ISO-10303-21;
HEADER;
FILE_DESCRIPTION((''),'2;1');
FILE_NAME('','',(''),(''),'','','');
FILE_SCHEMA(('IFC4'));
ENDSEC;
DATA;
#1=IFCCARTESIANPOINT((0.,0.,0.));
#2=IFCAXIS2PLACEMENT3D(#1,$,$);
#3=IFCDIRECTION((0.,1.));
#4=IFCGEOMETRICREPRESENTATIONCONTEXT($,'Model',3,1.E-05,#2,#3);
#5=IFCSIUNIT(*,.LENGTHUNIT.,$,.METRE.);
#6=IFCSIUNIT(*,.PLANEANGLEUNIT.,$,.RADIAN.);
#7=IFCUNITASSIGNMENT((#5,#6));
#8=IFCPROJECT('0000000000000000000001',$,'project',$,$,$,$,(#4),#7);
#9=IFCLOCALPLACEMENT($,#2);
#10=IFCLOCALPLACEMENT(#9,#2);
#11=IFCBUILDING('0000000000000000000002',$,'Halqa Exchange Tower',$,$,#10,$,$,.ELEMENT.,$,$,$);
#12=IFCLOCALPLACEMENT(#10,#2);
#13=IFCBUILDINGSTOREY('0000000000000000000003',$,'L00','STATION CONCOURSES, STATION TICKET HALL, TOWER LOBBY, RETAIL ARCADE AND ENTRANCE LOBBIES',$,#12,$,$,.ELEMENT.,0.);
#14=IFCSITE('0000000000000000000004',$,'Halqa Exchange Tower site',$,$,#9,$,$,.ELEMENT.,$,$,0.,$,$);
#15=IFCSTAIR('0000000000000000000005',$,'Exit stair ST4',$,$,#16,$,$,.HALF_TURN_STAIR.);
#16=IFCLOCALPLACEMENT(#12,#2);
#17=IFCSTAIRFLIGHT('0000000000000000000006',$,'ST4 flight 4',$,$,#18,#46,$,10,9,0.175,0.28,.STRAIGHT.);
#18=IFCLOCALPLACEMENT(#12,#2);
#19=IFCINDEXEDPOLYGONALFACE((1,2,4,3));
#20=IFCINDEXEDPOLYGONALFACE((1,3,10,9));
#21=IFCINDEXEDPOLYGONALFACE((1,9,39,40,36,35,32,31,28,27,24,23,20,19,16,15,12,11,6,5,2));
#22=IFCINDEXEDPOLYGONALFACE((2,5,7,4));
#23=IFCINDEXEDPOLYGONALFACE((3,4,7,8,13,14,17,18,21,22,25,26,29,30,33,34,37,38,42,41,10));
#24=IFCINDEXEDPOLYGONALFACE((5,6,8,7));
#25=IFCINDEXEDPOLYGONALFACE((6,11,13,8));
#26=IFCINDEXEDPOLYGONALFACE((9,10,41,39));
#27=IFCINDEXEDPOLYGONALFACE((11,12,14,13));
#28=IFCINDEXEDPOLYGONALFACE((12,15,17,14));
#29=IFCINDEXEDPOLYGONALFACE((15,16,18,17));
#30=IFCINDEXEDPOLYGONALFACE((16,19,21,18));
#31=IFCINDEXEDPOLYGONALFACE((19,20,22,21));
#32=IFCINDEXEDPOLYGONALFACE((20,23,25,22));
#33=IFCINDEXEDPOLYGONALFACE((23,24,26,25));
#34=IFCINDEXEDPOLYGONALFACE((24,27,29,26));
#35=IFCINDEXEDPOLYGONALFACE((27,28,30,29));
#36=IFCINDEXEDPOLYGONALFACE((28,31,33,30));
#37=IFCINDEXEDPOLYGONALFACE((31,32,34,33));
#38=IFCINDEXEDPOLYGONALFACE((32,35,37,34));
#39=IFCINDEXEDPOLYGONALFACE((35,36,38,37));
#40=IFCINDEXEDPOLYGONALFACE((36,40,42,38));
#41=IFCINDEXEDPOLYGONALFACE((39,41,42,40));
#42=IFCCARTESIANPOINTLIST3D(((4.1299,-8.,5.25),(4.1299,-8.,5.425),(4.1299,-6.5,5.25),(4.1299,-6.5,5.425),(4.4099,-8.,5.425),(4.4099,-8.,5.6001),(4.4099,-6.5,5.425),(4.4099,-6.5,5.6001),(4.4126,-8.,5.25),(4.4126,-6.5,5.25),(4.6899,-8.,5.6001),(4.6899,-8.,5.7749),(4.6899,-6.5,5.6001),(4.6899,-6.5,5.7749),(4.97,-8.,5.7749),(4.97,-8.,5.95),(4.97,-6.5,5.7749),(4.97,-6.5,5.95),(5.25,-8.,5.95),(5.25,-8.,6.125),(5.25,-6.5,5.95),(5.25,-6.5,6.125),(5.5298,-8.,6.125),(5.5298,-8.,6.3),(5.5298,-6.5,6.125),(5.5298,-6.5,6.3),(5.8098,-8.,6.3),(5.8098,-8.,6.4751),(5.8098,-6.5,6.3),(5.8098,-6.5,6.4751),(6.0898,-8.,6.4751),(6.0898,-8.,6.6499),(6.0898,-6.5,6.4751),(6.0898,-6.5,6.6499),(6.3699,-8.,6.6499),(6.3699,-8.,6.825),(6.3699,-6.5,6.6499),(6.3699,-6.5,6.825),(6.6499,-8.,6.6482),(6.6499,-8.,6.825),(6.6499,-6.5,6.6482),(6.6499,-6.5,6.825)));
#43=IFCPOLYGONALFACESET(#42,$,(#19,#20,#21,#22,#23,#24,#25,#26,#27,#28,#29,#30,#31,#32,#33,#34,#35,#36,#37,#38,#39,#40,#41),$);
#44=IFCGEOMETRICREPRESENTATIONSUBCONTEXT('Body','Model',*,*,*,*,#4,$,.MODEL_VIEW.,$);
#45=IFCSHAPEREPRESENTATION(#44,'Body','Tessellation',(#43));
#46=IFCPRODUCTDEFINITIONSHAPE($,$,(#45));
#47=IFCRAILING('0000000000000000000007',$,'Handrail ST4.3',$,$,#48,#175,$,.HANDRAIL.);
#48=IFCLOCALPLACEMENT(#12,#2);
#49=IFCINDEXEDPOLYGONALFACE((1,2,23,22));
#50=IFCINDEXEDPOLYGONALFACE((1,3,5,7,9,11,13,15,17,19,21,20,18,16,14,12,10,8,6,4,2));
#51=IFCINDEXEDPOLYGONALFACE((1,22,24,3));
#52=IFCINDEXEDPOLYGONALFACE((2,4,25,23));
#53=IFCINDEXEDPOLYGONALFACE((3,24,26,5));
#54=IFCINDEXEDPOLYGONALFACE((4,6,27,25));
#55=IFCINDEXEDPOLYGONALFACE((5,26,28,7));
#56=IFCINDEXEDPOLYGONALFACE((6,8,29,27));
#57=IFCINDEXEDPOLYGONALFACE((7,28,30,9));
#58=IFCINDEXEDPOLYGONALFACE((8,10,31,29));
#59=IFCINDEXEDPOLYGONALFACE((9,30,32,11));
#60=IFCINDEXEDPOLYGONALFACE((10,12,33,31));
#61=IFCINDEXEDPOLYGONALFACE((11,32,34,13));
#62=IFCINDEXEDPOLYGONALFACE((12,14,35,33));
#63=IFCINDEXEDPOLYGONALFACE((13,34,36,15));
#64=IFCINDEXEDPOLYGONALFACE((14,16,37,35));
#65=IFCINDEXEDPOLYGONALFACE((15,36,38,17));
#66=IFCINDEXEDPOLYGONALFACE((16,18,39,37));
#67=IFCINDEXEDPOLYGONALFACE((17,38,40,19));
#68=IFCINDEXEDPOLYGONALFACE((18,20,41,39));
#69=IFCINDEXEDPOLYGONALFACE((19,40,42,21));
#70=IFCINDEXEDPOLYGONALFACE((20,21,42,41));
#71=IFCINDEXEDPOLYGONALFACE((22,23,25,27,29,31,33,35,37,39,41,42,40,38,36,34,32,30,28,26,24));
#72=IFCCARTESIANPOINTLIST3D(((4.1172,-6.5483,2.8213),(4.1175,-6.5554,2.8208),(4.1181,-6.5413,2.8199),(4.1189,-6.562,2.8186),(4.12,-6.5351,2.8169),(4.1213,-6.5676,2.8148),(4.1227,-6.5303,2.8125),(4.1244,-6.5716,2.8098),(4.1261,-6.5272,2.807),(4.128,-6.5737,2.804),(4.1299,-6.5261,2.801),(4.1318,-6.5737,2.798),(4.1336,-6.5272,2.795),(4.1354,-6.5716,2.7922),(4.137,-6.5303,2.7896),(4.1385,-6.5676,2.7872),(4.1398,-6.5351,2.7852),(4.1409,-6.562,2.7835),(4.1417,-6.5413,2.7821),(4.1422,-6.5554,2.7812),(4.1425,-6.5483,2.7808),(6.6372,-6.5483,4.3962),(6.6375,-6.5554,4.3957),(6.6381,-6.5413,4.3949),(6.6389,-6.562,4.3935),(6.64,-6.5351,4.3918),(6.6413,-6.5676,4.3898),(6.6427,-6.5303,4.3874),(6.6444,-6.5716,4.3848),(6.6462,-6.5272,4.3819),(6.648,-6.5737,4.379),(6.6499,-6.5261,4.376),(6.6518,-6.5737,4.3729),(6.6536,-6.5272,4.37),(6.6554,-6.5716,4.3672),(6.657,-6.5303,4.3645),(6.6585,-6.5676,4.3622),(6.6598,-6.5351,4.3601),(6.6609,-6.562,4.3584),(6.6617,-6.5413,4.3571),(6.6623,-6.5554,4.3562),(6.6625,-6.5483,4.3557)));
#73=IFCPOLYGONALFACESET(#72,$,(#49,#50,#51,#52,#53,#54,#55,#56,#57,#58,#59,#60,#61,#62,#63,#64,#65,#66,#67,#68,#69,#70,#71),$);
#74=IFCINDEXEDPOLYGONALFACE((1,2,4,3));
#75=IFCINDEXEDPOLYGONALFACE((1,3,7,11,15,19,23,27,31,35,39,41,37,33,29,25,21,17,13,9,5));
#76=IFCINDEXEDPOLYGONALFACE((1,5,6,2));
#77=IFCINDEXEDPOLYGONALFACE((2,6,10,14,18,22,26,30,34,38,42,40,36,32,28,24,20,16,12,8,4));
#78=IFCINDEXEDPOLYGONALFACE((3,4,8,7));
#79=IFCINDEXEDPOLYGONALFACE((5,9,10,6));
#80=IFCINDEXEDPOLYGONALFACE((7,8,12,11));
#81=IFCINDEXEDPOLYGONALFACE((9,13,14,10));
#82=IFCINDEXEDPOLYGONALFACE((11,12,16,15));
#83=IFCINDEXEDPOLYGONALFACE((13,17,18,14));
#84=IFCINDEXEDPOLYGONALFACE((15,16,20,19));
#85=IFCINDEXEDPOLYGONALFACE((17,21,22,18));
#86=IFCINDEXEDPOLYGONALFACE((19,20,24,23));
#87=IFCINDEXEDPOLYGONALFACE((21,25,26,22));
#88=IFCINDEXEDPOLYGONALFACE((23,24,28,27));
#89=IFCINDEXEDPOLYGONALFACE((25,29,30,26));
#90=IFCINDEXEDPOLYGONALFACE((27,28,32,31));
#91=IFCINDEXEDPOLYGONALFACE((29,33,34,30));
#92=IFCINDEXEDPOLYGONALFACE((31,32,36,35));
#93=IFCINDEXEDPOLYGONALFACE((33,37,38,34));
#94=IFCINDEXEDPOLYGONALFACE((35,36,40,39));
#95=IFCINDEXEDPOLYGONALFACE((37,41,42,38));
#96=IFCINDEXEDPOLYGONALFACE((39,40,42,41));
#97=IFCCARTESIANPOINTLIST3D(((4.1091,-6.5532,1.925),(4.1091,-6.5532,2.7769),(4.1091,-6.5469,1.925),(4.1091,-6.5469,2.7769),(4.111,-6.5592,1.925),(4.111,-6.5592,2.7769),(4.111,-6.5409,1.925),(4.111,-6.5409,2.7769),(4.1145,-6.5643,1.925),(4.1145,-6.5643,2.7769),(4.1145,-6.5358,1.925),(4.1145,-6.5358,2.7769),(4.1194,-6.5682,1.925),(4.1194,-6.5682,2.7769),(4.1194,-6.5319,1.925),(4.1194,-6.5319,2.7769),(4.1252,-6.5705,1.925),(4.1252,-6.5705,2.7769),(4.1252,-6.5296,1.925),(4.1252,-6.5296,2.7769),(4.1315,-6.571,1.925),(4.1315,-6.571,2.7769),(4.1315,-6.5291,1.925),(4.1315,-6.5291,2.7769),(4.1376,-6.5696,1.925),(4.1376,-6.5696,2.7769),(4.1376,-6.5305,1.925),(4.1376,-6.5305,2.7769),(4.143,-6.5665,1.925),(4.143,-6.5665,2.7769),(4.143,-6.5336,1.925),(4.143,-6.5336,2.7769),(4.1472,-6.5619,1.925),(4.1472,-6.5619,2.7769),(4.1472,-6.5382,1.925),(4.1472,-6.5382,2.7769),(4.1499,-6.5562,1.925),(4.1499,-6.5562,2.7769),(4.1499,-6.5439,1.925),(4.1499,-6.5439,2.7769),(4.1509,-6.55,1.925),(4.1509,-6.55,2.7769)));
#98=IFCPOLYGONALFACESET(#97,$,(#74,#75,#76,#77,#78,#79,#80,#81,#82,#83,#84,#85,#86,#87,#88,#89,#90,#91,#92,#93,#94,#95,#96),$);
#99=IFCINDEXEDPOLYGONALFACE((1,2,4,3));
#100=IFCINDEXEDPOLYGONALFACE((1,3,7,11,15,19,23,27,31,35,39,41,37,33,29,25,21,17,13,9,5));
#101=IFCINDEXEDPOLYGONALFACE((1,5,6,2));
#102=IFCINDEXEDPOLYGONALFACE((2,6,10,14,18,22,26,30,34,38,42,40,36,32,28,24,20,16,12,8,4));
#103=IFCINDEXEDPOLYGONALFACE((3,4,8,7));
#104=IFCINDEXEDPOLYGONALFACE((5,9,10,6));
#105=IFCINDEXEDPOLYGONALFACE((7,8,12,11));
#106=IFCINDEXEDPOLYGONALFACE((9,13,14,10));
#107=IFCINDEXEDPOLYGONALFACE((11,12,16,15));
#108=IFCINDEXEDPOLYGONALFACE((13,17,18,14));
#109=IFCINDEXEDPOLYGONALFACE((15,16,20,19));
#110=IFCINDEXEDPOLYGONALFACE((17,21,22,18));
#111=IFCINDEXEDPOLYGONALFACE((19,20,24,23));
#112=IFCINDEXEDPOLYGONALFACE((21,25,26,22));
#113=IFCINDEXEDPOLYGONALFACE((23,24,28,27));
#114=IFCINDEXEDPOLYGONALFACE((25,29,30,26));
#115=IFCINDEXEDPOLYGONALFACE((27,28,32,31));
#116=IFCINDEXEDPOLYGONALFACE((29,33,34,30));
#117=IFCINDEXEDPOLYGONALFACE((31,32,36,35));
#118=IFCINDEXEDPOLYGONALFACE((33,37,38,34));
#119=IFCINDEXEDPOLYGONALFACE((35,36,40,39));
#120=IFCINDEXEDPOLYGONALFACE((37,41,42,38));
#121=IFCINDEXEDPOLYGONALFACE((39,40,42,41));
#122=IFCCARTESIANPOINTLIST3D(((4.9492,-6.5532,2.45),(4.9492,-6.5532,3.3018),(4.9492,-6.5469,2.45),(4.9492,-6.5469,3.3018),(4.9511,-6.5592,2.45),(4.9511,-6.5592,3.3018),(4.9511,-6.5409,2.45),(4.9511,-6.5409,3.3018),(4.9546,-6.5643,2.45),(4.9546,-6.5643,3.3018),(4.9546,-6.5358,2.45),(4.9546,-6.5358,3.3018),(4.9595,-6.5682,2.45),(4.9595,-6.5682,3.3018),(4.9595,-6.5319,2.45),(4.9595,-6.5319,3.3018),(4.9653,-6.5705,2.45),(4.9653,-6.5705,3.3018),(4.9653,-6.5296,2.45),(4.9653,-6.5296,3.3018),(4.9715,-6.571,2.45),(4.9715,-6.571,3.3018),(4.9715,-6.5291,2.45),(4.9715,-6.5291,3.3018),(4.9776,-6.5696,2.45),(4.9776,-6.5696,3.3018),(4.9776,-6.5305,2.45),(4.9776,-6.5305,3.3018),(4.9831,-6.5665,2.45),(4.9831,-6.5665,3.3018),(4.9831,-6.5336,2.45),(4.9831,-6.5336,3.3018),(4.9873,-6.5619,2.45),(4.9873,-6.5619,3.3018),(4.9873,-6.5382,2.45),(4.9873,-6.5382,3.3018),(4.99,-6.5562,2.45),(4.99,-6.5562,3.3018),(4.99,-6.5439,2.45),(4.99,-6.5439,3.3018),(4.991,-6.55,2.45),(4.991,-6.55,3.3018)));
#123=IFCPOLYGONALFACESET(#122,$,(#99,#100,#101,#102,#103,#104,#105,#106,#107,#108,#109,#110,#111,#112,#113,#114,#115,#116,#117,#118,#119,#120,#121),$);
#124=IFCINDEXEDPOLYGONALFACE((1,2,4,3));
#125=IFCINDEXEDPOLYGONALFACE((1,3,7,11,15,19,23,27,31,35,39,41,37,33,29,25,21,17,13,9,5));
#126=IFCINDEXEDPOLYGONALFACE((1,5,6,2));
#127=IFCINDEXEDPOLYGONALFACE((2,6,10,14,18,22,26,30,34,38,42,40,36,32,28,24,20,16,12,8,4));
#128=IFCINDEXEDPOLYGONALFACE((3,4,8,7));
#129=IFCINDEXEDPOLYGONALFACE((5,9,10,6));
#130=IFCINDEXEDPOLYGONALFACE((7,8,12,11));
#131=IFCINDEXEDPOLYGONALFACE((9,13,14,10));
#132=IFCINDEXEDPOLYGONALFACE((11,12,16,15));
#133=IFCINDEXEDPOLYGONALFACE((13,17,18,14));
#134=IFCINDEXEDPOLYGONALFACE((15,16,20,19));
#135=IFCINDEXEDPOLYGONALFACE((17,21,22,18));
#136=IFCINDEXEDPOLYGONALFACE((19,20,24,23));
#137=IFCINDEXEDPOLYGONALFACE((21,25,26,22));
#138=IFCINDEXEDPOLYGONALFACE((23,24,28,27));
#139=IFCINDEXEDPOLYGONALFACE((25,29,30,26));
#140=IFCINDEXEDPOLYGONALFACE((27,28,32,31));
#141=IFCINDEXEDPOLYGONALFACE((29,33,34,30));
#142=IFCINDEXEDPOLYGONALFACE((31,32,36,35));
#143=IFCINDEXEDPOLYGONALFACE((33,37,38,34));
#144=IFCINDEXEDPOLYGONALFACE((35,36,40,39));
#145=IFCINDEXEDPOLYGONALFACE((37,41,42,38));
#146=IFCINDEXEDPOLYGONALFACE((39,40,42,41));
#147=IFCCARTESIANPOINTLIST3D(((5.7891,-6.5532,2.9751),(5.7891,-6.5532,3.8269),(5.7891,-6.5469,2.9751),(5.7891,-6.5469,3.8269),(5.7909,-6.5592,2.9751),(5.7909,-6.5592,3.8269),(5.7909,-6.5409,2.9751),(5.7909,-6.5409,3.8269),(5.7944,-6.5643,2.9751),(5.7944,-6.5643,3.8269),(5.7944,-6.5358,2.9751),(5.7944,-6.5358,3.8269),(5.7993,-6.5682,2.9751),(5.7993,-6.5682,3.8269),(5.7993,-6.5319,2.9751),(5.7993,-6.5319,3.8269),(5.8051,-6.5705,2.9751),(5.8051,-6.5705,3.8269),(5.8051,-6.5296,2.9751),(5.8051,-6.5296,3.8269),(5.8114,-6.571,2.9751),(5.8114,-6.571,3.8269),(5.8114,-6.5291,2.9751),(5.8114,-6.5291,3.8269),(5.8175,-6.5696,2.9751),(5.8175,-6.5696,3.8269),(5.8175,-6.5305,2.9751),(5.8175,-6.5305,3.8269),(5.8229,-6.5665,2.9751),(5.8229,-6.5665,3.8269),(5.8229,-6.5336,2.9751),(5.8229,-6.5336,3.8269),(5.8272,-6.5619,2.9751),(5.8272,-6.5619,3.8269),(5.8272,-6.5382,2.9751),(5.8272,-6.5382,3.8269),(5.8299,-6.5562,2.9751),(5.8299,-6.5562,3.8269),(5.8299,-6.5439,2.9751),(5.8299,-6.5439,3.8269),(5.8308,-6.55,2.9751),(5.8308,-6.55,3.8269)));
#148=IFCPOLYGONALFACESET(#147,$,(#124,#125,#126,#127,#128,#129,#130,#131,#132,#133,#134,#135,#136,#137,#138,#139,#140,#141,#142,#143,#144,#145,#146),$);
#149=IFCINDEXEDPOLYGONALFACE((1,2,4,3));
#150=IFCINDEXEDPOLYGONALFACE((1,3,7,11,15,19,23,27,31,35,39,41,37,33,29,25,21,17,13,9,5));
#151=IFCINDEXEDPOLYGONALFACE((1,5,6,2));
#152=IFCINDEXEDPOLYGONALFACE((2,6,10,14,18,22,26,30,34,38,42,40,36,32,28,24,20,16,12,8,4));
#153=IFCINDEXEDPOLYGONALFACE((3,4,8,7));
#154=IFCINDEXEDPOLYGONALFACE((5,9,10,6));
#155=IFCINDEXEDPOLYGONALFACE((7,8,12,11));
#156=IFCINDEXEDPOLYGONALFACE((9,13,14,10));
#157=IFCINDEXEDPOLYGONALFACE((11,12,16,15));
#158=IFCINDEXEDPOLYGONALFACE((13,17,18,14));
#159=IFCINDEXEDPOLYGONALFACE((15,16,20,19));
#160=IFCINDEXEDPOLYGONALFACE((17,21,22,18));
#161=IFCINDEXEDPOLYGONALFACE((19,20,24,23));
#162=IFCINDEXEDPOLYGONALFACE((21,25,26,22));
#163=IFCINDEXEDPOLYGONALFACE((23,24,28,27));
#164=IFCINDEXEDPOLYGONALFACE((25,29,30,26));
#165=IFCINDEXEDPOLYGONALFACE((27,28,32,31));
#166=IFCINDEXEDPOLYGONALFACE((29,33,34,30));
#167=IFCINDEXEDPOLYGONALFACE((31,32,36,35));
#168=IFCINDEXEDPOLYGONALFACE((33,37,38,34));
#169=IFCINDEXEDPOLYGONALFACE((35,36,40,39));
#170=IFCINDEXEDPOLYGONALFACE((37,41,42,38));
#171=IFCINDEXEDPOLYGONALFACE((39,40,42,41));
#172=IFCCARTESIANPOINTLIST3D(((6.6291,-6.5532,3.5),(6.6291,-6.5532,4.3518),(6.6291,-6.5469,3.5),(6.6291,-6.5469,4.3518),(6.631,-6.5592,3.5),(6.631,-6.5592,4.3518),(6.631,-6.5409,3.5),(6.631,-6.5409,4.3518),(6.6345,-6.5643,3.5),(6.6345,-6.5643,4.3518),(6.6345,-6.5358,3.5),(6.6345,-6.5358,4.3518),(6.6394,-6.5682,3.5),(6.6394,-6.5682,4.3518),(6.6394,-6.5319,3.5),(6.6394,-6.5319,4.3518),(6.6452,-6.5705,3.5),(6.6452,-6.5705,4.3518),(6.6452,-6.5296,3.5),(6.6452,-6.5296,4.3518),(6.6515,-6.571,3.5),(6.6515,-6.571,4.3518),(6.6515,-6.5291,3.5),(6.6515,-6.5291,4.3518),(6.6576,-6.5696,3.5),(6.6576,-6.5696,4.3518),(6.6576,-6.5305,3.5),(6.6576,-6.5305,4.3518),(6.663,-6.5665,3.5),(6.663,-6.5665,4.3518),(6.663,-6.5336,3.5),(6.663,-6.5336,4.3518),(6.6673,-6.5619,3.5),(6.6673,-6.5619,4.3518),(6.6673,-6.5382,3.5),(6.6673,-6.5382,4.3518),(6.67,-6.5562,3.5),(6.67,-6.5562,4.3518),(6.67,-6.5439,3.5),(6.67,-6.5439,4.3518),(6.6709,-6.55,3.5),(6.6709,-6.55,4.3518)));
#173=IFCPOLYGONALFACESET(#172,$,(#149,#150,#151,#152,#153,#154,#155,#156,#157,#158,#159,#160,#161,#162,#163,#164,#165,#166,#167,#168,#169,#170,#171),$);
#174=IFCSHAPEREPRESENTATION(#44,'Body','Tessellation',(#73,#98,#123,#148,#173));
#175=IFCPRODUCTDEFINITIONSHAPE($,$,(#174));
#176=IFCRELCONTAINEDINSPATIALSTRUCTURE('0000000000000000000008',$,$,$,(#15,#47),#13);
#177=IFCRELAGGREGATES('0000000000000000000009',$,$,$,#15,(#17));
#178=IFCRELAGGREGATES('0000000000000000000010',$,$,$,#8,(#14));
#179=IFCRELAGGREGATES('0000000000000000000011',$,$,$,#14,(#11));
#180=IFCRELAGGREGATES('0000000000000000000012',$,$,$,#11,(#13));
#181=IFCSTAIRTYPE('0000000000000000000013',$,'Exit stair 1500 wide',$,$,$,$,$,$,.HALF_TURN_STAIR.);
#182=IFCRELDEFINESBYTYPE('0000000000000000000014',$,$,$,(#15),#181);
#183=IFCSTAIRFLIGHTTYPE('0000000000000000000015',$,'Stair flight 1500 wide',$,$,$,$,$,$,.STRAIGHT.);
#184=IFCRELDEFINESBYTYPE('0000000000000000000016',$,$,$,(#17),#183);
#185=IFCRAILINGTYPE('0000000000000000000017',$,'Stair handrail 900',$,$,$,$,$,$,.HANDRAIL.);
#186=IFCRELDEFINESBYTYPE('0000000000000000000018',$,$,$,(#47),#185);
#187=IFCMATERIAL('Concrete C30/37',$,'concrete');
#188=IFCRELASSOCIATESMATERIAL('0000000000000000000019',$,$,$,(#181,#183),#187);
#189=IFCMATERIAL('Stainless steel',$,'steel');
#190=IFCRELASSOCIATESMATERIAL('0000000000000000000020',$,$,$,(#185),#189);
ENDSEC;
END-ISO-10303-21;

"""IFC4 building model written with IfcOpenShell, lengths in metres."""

from ifc_helpers import new_model, si_unit, direction, frame, origin, origin_2d, place, context, subcontext, project, spatial, polyline, circle, outline, extrude, material, type_object, element, aggregate, save


model = new_model("IFC4")

# Units and contexts
model_context = context("Model", 3, precision=1e-05, world=origin(), true_north=direction((0.0, 1.0)))
body_context = subcontext(model_context, "Body", "Model", "MODEL_VIEW")
ifc_project = project(units=[si_unit("LENGTHUNIT", "METRE"), si_unit("PLANEANGLEUNIT", "RADIAN")], contexts=[model_context])

# Site, building, storey
site_placement = place(None, origin())
site = spatial("IfcSite", under=ifc_project, at=site_placement, Name="Halqa Exchange Tower site", CompositionType="ELEMENT", RefElevation=0.0)
building_placement = place(site_placement, origin())
building = spatial("IfcBuilding", under=site, at=building_placement, Name="Halqa Exchange Tower", CompositionType="ELEMENT")
storey_placement = place(building_placement, origin())
storey = spatial("IfcBuildingStorey", under=building, at=storey_placement, Name="L00", Description="STATION CONCOURSES, STATION TICKET HALL, TOWER LOBBY, RETAIL ARCADE AND ENTRANCE LOBBIES", CompositionType="ELEMENT", Elevation=0.0)

# Shared definitions
ifc_material_1 = material(Name="Concrete C30/37", Category="concrete")

# Stair, stair flight
stair_type = type_object("IfcStairType", Name="Exit stair 1500 wide", PredefinedType="HALF_TURN_STAIR", material=ifc_material_1)
stair_placement = place(storey_placement, origin())
stair = element("IfcStair", 1, at=stair_placement, inside=storey, type_object=stair_type, Name="Exit stair ST4", PredefinedType="HALF_TURN_STAIR")
stair_flight_type = type_object("IfcStairFlightType", Name="Stair flight 1500 wide", PredefinedType="STRAIGHT", material=ifc_material_1)
stair_flight_1_placement = place(storey_placement, frame((4.1299, -7.25, 5.25), z_axis=(0.0, 0.0, 1.0), x_axis=(1.0, 0.0, 0.0)))
stair_flight_1 = element("IfcStairFlight", 2, at=stair_flight_1_placement, type_object=stair_flight_type, Name="ST4 flight 4", NumberOfRisers=10, NumberOfTreads=9, PredefinedType="STRAIGHT", RiserHeight=0.175, TreadLength=0.28, context=body_context, shape_type="SweptSolid", body=[
    extrude(outline(polyline([(0.0, 0.0), (0.0, 0.175), (0.28, 0.175), (0.28, 0.3501), (0.5601, 0.3501), (0.5601, 0.5249), (0.8401, 0.5249), (0.8401, 0.7), (1.1201, 0.7), (1.1201, 0.875), (1.3999, 0.875), (1.3999, 1.05), (1.6799, 1.05), (1.6799, 1.2251), (1.96, 1.2251), (1.96, 1.3999), (2.24, 1.3999), (2.24, 1.575), (2.52, 1.575), (2.52, 1.75), (2.52, 1.3982), (0.2827, 0.0), (0.0, 0.0)])), frame((0.0, 0.75, 0.0), z_axis=(0.0, -1.0, 0.0), x_axis=(1.0, 0.0, 0.0)), (0.0, 0.0, 1.0), 1.5),
])
aggregate(stair, [stair_flight_1])

# Railing
ifc_material_2 = material(Name="Stainless steel", Category="steel")
railing_type = type_object("IfcRailingType", Name="Stair handrail 900", PredefinedType="HANDRAIL", material=ifc_material_2)
railing_1_placement = place(storey_placement, frame((4.1299, -6.55, 1.925)))
element("IfcRailing", 3, at=railing_1_placement, inside=storey, type_object=railing_type, Name="Handrail ST4.3", PredefinedType="HANDRAIL", context=body_context, shape_type="SweptSolid", body=[
    extrude(circle(Radius=0.0239, at=origin_2d()), frame((0.0, 0.0, 0.876), z_axis=(0.848008, 0.0, 0.529984), x_axis=(0.0, 1.0, 0.0)), (0.0, 0.0, 1.0), 2.9717),
    extrude(circle(Radius=0.021, at=origin_2d()), origin(), (0.0, 0.0, 1.0), 0.8518),
    extrude(circle(Radius=0.021, at=origin_2d()), frame((0.8401, 0.0, 0.5249)), (0.0, 0.0, 1.0), 0.8518),
    extrude(circle(Radius=0.021, at=origin_2d()), frame((1.6799, 0.0, 1.05)), (0.0, 0.0, 1.0), 0.8518),
    extrude(circle(Radius=0.021, at=origin_2d()), frame((2.52, 0.0, 1.575)), (0.0, 0.0, 1.0), 0.8518),
])

save(model, "model.ifc")
